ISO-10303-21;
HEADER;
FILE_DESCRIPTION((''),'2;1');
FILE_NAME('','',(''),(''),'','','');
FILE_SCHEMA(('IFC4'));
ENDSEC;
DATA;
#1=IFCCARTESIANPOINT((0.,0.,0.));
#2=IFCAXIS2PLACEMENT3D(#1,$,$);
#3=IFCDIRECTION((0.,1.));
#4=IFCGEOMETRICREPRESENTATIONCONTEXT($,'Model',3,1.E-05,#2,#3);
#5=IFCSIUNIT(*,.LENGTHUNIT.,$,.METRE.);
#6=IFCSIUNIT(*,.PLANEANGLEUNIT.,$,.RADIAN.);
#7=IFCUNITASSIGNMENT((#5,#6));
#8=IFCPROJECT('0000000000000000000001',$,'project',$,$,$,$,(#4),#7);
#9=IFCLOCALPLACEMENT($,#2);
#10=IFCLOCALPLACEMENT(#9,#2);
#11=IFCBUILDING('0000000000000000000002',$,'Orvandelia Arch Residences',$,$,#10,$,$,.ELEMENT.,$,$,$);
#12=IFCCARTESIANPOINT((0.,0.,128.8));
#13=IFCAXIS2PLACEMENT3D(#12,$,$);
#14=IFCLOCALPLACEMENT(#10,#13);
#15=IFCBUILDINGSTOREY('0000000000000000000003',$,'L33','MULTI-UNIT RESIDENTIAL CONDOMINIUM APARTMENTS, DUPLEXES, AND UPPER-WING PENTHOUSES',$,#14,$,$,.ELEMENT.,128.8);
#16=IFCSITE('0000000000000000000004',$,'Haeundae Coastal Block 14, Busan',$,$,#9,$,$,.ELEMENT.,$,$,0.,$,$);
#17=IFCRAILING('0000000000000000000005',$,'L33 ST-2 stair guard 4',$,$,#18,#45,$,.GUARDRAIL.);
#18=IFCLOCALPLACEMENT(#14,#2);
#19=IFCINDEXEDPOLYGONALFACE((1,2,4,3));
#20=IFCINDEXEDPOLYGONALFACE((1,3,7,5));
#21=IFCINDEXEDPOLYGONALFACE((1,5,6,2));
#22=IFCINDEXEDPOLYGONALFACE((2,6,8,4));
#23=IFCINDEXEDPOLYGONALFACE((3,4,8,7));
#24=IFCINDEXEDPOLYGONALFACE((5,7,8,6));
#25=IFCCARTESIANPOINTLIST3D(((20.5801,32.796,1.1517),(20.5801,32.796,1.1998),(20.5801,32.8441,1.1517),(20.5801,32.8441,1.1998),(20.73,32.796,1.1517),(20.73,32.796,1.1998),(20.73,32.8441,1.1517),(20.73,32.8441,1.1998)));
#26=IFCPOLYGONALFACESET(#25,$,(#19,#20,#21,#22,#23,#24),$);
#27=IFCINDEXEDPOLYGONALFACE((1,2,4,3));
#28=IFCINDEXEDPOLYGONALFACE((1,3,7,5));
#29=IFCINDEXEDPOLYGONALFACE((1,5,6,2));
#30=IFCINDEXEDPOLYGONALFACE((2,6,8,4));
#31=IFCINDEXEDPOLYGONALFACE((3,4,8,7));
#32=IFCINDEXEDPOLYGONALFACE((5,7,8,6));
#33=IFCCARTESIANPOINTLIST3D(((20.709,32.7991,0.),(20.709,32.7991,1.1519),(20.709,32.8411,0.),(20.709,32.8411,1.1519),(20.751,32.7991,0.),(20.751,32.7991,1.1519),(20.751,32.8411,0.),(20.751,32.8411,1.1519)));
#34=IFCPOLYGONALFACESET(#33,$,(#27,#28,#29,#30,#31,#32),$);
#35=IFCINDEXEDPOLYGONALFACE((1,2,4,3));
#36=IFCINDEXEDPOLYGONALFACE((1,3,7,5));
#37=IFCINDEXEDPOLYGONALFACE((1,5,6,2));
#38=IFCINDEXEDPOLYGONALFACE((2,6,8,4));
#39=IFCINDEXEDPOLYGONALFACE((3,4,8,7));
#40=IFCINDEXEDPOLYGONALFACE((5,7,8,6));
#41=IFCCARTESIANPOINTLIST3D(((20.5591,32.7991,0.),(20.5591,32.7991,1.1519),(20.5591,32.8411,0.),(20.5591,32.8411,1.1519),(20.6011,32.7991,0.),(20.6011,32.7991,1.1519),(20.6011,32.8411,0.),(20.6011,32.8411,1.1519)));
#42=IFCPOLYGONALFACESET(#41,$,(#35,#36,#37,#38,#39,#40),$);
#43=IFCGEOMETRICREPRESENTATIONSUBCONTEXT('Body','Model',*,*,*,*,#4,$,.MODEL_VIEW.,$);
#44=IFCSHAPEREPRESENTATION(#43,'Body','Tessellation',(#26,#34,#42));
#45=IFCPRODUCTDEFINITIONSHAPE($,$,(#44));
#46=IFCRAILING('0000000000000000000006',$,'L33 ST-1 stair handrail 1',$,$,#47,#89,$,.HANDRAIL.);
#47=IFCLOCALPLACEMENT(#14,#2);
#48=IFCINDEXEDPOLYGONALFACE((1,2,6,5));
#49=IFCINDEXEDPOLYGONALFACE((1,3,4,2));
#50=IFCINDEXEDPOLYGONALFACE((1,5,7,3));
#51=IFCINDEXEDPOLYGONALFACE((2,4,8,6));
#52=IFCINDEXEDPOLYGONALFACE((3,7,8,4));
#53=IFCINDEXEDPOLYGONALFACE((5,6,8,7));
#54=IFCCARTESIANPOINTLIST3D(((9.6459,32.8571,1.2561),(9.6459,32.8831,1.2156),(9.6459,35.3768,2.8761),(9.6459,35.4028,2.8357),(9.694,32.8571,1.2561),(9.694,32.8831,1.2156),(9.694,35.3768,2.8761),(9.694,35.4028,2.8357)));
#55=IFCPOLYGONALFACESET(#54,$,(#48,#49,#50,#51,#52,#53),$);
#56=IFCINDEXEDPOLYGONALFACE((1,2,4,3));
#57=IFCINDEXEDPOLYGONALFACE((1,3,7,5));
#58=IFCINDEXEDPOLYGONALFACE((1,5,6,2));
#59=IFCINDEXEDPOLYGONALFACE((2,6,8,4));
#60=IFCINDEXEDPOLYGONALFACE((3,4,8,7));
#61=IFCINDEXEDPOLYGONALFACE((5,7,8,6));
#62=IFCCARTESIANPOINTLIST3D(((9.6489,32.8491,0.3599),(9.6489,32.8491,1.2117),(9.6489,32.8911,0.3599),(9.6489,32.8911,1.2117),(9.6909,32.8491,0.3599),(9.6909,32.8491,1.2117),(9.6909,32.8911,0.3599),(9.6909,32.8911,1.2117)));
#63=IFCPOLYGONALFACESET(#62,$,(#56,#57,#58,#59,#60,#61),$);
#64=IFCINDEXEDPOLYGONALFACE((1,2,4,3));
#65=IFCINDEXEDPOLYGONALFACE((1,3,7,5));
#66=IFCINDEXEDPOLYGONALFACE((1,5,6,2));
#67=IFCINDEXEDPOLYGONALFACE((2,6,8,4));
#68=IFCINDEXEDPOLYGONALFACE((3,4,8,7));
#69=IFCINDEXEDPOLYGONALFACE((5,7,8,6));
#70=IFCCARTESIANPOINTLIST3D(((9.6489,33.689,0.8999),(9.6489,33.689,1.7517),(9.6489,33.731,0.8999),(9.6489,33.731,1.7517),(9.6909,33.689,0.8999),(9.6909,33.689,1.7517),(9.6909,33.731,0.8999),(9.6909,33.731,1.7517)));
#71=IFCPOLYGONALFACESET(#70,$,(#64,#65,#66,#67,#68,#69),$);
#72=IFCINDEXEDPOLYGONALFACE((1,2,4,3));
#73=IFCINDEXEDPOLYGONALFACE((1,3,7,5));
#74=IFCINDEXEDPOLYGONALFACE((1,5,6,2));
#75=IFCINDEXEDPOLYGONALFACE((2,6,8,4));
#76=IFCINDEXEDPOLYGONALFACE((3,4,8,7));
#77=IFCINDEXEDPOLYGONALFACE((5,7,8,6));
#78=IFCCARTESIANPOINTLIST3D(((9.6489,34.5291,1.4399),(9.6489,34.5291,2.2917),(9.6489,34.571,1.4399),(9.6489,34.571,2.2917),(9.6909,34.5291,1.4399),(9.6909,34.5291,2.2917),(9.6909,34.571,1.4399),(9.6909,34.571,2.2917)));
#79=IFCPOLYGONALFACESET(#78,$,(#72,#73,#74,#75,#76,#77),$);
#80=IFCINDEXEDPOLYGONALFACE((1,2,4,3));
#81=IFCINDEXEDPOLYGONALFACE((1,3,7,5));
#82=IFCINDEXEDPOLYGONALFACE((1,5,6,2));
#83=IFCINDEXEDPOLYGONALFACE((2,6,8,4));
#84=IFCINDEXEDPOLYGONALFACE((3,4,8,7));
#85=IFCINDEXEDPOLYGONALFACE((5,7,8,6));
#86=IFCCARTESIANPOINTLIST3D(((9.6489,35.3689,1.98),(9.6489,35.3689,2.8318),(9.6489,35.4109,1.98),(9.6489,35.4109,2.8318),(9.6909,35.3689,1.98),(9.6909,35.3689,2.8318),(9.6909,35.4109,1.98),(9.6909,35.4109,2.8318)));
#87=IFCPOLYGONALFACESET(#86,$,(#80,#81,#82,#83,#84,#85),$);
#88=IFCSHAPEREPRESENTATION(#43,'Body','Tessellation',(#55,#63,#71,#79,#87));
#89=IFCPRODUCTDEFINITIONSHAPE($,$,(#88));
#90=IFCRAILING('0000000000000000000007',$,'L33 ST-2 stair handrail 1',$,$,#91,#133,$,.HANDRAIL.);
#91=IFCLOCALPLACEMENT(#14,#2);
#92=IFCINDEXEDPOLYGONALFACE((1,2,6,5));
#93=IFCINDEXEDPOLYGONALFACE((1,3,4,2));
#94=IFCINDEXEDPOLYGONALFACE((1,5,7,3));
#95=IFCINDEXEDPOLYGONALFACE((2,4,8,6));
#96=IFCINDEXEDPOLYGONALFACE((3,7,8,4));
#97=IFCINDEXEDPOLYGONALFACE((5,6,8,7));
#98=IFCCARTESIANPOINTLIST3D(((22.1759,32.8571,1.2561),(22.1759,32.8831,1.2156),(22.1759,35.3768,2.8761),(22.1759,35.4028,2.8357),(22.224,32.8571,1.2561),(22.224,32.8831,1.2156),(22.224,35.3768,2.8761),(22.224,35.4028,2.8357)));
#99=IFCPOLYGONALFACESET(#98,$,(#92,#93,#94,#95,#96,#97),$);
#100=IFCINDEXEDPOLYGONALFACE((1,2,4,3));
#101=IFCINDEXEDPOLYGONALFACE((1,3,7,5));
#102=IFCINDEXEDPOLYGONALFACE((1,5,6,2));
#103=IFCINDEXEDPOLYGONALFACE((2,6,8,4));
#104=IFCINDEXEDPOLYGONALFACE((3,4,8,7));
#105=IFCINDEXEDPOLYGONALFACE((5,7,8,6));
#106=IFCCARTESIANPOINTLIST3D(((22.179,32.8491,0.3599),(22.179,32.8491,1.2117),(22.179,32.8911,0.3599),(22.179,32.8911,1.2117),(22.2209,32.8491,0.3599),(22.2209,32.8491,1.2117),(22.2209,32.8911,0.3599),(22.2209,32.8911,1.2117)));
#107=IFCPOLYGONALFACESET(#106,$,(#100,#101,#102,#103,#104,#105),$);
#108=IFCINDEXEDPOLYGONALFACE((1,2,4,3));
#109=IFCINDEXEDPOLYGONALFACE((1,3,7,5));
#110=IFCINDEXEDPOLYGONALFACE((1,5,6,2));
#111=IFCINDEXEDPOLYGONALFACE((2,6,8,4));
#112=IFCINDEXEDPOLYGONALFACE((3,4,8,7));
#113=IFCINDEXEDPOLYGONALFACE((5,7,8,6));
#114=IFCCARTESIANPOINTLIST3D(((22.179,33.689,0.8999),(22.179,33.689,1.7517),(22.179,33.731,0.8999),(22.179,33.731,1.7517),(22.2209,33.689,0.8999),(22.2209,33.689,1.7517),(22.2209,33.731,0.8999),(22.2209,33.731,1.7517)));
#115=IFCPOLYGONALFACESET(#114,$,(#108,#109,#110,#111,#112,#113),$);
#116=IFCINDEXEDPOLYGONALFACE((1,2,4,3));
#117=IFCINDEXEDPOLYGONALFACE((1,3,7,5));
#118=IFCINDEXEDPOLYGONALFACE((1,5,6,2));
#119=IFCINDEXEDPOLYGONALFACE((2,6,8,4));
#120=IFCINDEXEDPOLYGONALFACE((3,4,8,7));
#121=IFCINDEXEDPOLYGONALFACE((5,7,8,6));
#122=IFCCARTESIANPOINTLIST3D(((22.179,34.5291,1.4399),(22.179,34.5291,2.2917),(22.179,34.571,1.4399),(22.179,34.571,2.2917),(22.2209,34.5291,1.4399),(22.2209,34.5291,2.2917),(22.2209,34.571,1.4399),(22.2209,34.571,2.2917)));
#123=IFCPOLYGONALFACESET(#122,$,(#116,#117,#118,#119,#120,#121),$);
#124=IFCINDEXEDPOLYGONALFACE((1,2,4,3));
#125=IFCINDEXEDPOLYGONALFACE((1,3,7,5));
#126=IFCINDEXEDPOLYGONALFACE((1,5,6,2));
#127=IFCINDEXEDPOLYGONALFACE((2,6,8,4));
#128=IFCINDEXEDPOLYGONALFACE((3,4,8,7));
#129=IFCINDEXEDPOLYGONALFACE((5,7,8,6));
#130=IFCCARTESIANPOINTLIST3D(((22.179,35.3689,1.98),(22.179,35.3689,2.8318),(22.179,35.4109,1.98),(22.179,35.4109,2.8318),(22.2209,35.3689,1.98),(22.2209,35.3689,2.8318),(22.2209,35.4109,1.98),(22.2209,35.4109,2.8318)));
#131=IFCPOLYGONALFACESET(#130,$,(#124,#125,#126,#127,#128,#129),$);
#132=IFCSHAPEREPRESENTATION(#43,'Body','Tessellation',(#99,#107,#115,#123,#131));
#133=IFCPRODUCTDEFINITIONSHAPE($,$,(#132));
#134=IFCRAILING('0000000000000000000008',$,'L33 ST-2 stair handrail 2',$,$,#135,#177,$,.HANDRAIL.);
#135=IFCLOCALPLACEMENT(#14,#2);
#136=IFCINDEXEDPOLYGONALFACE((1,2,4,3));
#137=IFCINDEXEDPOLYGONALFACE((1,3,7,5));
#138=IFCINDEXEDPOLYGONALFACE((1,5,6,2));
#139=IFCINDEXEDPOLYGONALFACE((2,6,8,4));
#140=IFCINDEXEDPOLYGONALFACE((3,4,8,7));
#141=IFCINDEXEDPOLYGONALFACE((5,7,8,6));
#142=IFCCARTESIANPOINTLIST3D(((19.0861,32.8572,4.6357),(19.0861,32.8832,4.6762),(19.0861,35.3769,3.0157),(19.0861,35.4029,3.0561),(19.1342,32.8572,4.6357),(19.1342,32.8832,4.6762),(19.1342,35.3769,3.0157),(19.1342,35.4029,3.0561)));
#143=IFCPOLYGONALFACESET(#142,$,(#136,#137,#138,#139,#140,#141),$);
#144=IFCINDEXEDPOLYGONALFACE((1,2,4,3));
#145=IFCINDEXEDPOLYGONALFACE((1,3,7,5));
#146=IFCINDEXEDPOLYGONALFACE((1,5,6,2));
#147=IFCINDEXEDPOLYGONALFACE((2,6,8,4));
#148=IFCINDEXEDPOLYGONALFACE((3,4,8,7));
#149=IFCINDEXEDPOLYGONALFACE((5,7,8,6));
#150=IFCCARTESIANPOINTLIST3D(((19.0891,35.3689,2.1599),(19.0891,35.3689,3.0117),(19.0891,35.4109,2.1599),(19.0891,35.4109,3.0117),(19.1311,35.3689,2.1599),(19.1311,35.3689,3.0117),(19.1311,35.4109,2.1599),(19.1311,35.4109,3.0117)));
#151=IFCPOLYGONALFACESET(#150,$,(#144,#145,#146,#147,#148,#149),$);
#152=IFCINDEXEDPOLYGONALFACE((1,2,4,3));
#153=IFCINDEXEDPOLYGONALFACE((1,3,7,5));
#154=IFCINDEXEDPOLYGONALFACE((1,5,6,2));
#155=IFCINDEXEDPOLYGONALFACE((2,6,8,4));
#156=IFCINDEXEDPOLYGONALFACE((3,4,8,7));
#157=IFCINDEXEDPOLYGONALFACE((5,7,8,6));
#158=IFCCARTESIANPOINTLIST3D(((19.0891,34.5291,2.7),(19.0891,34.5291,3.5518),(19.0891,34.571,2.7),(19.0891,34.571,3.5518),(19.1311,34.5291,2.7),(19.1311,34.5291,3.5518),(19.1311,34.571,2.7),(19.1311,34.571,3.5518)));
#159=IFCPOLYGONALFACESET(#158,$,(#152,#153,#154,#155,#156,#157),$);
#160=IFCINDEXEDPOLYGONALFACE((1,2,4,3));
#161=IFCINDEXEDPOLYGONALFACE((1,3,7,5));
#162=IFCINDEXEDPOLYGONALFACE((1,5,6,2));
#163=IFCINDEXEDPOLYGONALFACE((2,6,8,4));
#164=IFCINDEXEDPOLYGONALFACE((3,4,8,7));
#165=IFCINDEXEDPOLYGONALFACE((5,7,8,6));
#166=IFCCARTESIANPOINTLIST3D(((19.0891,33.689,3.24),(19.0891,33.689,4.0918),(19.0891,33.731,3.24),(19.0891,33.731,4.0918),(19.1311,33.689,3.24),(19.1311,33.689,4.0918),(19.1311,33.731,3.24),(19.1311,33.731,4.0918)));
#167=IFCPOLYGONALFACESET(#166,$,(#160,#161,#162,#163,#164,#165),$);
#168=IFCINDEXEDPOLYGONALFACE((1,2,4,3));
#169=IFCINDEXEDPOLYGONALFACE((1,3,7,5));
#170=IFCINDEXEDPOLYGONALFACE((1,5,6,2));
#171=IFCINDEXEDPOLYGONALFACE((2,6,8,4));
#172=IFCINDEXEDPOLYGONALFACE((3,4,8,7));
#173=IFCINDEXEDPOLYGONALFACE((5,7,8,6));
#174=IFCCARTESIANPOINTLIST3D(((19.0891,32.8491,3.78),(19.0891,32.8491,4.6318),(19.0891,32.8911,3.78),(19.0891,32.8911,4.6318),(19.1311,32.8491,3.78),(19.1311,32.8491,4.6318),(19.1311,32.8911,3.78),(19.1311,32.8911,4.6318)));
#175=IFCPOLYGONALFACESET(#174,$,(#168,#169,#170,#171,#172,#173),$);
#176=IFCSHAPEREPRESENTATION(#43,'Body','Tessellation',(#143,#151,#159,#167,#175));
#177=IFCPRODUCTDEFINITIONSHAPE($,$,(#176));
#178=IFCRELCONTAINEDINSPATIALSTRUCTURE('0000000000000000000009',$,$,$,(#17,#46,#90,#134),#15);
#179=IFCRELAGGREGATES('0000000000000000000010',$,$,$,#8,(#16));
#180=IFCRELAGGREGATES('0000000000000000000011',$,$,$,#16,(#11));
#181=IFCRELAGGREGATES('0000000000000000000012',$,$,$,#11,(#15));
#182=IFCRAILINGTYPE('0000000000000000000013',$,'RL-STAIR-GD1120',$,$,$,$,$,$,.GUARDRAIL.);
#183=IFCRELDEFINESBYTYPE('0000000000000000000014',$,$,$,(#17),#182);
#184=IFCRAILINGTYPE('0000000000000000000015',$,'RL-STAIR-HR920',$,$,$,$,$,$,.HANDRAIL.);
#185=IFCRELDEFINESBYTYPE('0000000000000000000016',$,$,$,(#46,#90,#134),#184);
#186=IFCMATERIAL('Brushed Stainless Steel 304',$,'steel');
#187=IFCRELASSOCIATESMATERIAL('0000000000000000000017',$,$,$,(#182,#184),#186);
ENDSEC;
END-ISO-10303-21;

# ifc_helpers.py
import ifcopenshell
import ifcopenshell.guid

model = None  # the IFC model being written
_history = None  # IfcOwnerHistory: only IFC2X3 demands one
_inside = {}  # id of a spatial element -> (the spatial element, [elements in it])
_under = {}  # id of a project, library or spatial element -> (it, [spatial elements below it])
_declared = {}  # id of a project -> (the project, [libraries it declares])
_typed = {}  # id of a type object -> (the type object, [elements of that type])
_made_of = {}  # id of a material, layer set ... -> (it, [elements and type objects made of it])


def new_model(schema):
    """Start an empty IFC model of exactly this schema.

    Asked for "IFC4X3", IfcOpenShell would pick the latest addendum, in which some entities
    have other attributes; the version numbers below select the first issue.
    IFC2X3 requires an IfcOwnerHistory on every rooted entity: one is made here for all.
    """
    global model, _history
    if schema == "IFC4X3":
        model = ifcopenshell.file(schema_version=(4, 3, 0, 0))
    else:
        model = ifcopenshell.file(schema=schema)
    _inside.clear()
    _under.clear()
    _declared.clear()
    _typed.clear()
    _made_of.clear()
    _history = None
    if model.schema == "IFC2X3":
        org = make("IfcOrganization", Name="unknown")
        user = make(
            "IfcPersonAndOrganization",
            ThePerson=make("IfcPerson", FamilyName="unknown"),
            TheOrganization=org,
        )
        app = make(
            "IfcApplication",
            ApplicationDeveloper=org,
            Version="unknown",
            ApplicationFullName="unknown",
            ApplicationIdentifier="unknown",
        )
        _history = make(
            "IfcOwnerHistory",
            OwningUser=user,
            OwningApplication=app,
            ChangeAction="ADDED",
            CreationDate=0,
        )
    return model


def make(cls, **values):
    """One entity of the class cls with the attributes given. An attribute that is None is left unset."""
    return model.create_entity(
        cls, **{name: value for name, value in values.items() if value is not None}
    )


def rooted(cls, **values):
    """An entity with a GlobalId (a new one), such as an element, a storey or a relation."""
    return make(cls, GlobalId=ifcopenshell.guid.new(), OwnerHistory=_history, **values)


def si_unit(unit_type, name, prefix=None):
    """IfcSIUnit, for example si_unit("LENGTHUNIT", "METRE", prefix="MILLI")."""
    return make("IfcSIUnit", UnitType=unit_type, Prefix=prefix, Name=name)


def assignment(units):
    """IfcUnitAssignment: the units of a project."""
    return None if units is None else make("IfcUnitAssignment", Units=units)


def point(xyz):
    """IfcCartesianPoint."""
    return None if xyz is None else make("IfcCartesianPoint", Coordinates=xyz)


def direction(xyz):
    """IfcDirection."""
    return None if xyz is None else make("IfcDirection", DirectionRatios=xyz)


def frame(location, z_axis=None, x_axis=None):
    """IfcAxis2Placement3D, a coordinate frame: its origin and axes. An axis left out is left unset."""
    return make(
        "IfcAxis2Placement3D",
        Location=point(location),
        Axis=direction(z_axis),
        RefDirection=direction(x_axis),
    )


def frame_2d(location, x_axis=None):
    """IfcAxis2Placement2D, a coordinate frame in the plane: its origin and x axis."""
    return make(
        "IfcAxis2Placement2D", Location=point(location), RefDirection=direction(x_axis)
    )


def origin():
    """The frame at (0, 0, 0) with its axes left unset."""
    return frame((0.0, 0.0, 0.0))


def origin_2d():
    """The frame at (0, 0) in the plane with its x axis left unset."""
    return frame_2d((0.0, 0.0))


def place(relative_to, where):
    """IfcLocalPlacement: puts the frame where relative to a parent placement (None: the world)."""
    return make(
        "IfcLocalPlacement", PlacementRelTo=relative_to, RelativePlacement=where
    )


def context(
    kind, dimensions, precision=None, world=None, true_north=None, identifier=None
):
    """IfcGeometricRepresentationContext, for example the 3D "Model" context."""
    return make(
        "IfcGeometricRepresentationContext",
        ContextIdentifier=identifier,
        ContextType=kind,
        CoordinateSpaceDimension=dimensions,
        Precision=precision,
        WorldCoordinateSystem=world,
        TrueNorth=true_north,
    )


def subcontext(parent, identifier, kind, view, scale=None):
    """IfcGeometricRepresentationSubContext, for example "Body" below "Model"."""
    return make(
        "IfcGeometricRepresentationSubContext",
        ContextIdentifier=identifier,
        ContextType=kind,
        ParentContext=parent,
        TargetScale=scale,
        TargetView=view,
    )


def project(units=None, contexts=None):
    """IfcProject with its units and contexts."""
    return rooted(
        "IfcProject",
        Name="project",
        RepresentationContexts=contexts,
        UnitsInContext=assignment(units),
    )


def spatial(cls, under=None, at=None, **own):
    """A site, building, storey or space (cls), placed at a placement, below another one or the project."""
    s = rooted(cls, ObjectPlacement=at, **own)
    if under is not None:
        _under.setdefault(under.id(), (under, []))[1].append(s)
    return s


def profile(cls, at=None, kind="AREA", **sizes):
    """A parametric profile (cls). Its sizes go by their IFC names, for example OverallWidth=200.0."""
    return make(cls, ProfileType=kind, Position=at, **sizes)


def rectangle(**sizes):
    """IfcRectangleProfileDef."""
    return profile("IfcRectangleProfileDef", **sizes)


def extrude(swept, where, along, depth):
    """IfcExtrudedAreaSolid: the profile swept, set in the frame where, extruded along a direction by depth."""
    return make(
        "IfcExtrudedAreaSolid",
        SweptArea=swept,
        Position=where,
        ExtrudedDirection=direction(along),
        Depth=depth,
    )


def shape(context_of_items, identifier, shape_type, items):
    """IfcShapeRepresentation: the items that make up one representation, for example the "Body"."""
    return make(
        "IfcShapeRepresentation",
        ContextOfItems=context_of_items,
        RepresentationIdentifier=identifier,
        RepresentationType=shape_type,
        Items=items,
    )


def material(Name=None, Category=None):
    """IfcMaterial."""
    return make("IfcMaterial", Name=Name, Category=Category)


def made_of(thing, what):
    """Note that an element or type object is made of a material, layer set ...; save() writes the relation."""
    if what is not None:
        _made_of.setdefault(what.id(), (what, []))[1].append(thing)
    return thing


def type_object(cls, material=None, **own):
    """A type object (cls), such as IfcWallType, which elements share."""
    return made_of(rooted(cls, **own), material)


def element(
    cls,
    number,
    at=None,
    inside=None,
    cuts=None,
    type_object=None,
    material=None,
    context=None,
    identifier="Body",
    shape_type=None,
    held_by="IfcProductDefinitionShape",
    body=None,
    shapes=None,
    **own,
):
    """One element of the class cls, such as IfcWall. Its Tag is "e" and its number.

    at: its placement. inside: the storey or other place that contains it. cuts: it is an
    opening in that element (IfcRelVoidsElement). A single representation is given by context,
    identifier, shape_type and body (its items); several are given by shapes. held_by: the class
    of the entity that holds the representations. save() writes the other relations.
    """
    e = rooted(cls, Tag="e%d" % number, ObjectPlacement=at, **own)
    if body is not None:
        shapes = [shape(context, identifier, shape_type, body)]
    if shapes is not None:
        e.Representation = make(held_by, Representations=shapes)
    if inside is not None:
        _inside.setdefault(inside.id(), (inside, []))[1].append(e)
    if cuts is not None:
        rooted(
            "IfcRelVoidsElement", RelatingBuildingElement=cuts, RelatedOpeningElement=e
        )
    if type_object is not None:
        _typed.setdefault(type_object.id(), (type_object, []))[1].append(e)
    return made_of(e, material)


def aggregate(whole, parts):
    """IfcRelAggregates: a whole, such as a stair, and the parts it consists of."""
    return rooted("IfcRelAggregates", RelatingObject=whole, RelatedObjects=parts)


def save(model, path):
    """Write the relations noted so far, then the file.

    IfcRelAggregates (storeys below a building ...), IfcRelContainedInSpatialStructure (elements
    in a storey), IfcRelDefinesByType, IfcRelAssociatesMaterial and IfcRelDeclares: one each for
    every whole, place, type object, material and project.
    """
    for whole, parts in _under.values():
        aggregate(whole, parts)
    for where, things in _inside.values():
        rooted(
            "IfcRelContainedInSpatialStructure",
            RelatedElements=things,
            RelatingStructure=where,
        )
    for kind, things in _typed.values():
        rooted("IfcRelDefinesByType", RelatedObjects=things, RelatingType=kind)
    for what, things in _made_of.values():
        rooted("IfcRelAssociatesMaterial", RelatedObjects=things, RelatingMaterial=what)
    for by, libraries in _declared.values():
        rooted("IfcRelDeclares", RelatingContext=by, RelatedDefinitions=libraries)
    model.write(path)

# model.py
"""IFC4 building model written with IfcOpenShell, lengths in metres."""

from ifc_helpers import new_model, si_unit, direction, frame, origin, origin_2d, place, context, subcontext, project, spatial, rectangle, extrude, material, type_object, element, save


model = new_model("IFC4")

# Units and contexts
model_context = context("Model", 3, precision=1e-05, world=origin(), true_north=direction((0.0, 1.0)))
body_context = subcontext(model_context, "Body", "Model", "MODEL_VIEW")
ifc_project = project(units=[si_unit("LENGTHUNIT", "METRE"), si_unit("PLANEANGLEUNIT", "RADIAN")], contexts=[model_context])

# Site, building, storey
site_placement = place(None, origin())
site = spatial("IfcSite", under=ifc_project, at=site_placement, Name="Haeundae Coastal Block 14, Busan", CompositionType="ELEMENT", RefElevation=0.0)
building_placement = place(site_placement, origin())
building = spatial("IfcBuilding", under=site, at=building_placement, Name="Orvandelia Arch Residences", CompositionType="ELEMENT")
storey_placement = place(building_placement, frame((0.0, 0.0, 128.8)))
storey = spatial("IfcBuildingStorey", under=building, at=storey_placement, Name="L33", Description="MULTI-UNIT RESIDENTIAL CONDOMINIUM APARTMENTS, DUPLEXES, AND UPPER-WING PENTHOUSES", CompositionType="ELEMENT", Elevation=128.8)

# Railings
ifc_material_1 = material(Name="Brushed Stainless Steel 304", Category="steel")
railing_type_1 = type_object("IfcRailingType", Name="RL-STAIR-GD1120", PredefinedType="GUARDRAIL", material=ifc_material_1)
railing_1_placement = place(storey_placement, frame((20.73, 32.8201, 0.0)))
element("IfcRailing", 1, at=railing_1_placement, inside=storey, type_object=railing_type_1, Name="L33 ST-2 stair guard 4", PredefinedType="GUARDRAIL", context=body_context, shape_type="SweptSolid", body=[
    extrude(rectangle(XDim=0.0481, YDim=0.0481, at=origin_2d()), frame((0.0, 0.0, 1.1758), z_axis=(-1.0, 0.0, 0.0), x_axis=(0.0, -1.0, 0.0)), (0.0, 0.0, 1.0), 0.1499),
    extrude(rectangle(XDim=0.042, YDim=0.042, at=origin_2d()), origin(), (0.0, 0.0, 1.0), 1.1519),
    extrude(rectangle(XDim=0.042, YDim=0.042, at=origin_2d()), frame((-0.1499, 0.0, 0.0)), (0.0, 0.0, 1.0), 1.1519),
])
railing_type_2 = type_object("IfcRailingType", Name="RL-STAIR-HR920", PredefinedType="HANDRAIL", material=ifc_material_1)
for number, where, name in (
    (2, (9.6699, 32.8701, 0.3599), "L33 ST-1 stair handrail 1"),
    (3, (22.2, 32.8701, 0.3599), "L33 ST-2 stair handrail 1"),
):
    element("IfcRailing", number, at=place(storey_placement, frame(where)), inside=storey, type_object=railing_type_2, Name=name, PredefinedType="HANDRAIL", context=body_context, shape_type="SweptSolid", body=[
        extrude(rectangle(XDim=0.0481, YDim=0.0481, at=origin_2d()), frame((0.0, 0.0, 0.876), z_axis=(0.0, 0.841139, 0.540819), x_axis=(-1.0, 0.0, 0.0)), (0.0, 0.0, 1.0), 2.9956),
        extrude(rectangle(XDim=0.042, YDim=0.042, at=origin_2d()), origin(), (0.0, 0.0, 1.0), 0.8518),
        extrude(rectangle(XDim=0.042, YDim=0.042, at=origin_2d()), frame((0.0, 0.8398, 0.54)), (0.0, 0.0, 1.0), 0.8518),
        extrude(rectangle(XDim=0.042, YDim=0.042, at=origin_2d()), frame((0.0, 1.6799, 1.0801)), (0.0, 0.0, 1.0), 0.8518),
        extrude(rectangle(XDim=0.042, YDim=0.042, at=origin_2d()), frame((0.0, 2.5198, 1.6201)), (0.0, 0.0, 1.0), 0.8518),
    ])
railing_2_placement = place(storey_placement, frame((19.1101, 35.3899, 2.1599)))
element("IfcRailing", 4, at=railing_2_placement, inside=storey, type_object=railing_type_2, Name="L33 ST-2 stair handrail 2", PredefinedType="HANDRAIL", context=body_context, shape_type="SweptSolid", body=[
    extrude(rectangle(XDim=0.0481, YDim=0.0481, at=origin_2d()), frame((0.0, 0.0, 0.876), z_axis=(0.0, -0.841139, 0.540819), x_axis=(1.0, 0.0, 0.0)), (0.0, 0.0, 1.0), 2.9956),
    extrude(rectangle(XDim=0.042, YDim=0.042, at=origin_2d()), origin(), (0.0, 0.0, 1.0), 0.8518),
    extrude(rectangle(XDim=0.042, YDim=0.042, at=origin_2d()), frame((0.0, -0.8398, 0.54)), (0.0, 0.0, 1.0), 0.8518),
    extrude(rectangle(XDim=0.042, YDim=0.042, at=origin_2d()), frame((0.0, -1.6799, 1.0801)), (0.0, 0.0, 1.0), 0.8518),
    extrude(rectangle(XDim=0.042, YDim=0.042, at=origin_2d()), frame((0.0, -2.5198, 1.6201)), (0.0, 0.0, 1.0), 0.8518),
])

save(model, "model.ifc")
